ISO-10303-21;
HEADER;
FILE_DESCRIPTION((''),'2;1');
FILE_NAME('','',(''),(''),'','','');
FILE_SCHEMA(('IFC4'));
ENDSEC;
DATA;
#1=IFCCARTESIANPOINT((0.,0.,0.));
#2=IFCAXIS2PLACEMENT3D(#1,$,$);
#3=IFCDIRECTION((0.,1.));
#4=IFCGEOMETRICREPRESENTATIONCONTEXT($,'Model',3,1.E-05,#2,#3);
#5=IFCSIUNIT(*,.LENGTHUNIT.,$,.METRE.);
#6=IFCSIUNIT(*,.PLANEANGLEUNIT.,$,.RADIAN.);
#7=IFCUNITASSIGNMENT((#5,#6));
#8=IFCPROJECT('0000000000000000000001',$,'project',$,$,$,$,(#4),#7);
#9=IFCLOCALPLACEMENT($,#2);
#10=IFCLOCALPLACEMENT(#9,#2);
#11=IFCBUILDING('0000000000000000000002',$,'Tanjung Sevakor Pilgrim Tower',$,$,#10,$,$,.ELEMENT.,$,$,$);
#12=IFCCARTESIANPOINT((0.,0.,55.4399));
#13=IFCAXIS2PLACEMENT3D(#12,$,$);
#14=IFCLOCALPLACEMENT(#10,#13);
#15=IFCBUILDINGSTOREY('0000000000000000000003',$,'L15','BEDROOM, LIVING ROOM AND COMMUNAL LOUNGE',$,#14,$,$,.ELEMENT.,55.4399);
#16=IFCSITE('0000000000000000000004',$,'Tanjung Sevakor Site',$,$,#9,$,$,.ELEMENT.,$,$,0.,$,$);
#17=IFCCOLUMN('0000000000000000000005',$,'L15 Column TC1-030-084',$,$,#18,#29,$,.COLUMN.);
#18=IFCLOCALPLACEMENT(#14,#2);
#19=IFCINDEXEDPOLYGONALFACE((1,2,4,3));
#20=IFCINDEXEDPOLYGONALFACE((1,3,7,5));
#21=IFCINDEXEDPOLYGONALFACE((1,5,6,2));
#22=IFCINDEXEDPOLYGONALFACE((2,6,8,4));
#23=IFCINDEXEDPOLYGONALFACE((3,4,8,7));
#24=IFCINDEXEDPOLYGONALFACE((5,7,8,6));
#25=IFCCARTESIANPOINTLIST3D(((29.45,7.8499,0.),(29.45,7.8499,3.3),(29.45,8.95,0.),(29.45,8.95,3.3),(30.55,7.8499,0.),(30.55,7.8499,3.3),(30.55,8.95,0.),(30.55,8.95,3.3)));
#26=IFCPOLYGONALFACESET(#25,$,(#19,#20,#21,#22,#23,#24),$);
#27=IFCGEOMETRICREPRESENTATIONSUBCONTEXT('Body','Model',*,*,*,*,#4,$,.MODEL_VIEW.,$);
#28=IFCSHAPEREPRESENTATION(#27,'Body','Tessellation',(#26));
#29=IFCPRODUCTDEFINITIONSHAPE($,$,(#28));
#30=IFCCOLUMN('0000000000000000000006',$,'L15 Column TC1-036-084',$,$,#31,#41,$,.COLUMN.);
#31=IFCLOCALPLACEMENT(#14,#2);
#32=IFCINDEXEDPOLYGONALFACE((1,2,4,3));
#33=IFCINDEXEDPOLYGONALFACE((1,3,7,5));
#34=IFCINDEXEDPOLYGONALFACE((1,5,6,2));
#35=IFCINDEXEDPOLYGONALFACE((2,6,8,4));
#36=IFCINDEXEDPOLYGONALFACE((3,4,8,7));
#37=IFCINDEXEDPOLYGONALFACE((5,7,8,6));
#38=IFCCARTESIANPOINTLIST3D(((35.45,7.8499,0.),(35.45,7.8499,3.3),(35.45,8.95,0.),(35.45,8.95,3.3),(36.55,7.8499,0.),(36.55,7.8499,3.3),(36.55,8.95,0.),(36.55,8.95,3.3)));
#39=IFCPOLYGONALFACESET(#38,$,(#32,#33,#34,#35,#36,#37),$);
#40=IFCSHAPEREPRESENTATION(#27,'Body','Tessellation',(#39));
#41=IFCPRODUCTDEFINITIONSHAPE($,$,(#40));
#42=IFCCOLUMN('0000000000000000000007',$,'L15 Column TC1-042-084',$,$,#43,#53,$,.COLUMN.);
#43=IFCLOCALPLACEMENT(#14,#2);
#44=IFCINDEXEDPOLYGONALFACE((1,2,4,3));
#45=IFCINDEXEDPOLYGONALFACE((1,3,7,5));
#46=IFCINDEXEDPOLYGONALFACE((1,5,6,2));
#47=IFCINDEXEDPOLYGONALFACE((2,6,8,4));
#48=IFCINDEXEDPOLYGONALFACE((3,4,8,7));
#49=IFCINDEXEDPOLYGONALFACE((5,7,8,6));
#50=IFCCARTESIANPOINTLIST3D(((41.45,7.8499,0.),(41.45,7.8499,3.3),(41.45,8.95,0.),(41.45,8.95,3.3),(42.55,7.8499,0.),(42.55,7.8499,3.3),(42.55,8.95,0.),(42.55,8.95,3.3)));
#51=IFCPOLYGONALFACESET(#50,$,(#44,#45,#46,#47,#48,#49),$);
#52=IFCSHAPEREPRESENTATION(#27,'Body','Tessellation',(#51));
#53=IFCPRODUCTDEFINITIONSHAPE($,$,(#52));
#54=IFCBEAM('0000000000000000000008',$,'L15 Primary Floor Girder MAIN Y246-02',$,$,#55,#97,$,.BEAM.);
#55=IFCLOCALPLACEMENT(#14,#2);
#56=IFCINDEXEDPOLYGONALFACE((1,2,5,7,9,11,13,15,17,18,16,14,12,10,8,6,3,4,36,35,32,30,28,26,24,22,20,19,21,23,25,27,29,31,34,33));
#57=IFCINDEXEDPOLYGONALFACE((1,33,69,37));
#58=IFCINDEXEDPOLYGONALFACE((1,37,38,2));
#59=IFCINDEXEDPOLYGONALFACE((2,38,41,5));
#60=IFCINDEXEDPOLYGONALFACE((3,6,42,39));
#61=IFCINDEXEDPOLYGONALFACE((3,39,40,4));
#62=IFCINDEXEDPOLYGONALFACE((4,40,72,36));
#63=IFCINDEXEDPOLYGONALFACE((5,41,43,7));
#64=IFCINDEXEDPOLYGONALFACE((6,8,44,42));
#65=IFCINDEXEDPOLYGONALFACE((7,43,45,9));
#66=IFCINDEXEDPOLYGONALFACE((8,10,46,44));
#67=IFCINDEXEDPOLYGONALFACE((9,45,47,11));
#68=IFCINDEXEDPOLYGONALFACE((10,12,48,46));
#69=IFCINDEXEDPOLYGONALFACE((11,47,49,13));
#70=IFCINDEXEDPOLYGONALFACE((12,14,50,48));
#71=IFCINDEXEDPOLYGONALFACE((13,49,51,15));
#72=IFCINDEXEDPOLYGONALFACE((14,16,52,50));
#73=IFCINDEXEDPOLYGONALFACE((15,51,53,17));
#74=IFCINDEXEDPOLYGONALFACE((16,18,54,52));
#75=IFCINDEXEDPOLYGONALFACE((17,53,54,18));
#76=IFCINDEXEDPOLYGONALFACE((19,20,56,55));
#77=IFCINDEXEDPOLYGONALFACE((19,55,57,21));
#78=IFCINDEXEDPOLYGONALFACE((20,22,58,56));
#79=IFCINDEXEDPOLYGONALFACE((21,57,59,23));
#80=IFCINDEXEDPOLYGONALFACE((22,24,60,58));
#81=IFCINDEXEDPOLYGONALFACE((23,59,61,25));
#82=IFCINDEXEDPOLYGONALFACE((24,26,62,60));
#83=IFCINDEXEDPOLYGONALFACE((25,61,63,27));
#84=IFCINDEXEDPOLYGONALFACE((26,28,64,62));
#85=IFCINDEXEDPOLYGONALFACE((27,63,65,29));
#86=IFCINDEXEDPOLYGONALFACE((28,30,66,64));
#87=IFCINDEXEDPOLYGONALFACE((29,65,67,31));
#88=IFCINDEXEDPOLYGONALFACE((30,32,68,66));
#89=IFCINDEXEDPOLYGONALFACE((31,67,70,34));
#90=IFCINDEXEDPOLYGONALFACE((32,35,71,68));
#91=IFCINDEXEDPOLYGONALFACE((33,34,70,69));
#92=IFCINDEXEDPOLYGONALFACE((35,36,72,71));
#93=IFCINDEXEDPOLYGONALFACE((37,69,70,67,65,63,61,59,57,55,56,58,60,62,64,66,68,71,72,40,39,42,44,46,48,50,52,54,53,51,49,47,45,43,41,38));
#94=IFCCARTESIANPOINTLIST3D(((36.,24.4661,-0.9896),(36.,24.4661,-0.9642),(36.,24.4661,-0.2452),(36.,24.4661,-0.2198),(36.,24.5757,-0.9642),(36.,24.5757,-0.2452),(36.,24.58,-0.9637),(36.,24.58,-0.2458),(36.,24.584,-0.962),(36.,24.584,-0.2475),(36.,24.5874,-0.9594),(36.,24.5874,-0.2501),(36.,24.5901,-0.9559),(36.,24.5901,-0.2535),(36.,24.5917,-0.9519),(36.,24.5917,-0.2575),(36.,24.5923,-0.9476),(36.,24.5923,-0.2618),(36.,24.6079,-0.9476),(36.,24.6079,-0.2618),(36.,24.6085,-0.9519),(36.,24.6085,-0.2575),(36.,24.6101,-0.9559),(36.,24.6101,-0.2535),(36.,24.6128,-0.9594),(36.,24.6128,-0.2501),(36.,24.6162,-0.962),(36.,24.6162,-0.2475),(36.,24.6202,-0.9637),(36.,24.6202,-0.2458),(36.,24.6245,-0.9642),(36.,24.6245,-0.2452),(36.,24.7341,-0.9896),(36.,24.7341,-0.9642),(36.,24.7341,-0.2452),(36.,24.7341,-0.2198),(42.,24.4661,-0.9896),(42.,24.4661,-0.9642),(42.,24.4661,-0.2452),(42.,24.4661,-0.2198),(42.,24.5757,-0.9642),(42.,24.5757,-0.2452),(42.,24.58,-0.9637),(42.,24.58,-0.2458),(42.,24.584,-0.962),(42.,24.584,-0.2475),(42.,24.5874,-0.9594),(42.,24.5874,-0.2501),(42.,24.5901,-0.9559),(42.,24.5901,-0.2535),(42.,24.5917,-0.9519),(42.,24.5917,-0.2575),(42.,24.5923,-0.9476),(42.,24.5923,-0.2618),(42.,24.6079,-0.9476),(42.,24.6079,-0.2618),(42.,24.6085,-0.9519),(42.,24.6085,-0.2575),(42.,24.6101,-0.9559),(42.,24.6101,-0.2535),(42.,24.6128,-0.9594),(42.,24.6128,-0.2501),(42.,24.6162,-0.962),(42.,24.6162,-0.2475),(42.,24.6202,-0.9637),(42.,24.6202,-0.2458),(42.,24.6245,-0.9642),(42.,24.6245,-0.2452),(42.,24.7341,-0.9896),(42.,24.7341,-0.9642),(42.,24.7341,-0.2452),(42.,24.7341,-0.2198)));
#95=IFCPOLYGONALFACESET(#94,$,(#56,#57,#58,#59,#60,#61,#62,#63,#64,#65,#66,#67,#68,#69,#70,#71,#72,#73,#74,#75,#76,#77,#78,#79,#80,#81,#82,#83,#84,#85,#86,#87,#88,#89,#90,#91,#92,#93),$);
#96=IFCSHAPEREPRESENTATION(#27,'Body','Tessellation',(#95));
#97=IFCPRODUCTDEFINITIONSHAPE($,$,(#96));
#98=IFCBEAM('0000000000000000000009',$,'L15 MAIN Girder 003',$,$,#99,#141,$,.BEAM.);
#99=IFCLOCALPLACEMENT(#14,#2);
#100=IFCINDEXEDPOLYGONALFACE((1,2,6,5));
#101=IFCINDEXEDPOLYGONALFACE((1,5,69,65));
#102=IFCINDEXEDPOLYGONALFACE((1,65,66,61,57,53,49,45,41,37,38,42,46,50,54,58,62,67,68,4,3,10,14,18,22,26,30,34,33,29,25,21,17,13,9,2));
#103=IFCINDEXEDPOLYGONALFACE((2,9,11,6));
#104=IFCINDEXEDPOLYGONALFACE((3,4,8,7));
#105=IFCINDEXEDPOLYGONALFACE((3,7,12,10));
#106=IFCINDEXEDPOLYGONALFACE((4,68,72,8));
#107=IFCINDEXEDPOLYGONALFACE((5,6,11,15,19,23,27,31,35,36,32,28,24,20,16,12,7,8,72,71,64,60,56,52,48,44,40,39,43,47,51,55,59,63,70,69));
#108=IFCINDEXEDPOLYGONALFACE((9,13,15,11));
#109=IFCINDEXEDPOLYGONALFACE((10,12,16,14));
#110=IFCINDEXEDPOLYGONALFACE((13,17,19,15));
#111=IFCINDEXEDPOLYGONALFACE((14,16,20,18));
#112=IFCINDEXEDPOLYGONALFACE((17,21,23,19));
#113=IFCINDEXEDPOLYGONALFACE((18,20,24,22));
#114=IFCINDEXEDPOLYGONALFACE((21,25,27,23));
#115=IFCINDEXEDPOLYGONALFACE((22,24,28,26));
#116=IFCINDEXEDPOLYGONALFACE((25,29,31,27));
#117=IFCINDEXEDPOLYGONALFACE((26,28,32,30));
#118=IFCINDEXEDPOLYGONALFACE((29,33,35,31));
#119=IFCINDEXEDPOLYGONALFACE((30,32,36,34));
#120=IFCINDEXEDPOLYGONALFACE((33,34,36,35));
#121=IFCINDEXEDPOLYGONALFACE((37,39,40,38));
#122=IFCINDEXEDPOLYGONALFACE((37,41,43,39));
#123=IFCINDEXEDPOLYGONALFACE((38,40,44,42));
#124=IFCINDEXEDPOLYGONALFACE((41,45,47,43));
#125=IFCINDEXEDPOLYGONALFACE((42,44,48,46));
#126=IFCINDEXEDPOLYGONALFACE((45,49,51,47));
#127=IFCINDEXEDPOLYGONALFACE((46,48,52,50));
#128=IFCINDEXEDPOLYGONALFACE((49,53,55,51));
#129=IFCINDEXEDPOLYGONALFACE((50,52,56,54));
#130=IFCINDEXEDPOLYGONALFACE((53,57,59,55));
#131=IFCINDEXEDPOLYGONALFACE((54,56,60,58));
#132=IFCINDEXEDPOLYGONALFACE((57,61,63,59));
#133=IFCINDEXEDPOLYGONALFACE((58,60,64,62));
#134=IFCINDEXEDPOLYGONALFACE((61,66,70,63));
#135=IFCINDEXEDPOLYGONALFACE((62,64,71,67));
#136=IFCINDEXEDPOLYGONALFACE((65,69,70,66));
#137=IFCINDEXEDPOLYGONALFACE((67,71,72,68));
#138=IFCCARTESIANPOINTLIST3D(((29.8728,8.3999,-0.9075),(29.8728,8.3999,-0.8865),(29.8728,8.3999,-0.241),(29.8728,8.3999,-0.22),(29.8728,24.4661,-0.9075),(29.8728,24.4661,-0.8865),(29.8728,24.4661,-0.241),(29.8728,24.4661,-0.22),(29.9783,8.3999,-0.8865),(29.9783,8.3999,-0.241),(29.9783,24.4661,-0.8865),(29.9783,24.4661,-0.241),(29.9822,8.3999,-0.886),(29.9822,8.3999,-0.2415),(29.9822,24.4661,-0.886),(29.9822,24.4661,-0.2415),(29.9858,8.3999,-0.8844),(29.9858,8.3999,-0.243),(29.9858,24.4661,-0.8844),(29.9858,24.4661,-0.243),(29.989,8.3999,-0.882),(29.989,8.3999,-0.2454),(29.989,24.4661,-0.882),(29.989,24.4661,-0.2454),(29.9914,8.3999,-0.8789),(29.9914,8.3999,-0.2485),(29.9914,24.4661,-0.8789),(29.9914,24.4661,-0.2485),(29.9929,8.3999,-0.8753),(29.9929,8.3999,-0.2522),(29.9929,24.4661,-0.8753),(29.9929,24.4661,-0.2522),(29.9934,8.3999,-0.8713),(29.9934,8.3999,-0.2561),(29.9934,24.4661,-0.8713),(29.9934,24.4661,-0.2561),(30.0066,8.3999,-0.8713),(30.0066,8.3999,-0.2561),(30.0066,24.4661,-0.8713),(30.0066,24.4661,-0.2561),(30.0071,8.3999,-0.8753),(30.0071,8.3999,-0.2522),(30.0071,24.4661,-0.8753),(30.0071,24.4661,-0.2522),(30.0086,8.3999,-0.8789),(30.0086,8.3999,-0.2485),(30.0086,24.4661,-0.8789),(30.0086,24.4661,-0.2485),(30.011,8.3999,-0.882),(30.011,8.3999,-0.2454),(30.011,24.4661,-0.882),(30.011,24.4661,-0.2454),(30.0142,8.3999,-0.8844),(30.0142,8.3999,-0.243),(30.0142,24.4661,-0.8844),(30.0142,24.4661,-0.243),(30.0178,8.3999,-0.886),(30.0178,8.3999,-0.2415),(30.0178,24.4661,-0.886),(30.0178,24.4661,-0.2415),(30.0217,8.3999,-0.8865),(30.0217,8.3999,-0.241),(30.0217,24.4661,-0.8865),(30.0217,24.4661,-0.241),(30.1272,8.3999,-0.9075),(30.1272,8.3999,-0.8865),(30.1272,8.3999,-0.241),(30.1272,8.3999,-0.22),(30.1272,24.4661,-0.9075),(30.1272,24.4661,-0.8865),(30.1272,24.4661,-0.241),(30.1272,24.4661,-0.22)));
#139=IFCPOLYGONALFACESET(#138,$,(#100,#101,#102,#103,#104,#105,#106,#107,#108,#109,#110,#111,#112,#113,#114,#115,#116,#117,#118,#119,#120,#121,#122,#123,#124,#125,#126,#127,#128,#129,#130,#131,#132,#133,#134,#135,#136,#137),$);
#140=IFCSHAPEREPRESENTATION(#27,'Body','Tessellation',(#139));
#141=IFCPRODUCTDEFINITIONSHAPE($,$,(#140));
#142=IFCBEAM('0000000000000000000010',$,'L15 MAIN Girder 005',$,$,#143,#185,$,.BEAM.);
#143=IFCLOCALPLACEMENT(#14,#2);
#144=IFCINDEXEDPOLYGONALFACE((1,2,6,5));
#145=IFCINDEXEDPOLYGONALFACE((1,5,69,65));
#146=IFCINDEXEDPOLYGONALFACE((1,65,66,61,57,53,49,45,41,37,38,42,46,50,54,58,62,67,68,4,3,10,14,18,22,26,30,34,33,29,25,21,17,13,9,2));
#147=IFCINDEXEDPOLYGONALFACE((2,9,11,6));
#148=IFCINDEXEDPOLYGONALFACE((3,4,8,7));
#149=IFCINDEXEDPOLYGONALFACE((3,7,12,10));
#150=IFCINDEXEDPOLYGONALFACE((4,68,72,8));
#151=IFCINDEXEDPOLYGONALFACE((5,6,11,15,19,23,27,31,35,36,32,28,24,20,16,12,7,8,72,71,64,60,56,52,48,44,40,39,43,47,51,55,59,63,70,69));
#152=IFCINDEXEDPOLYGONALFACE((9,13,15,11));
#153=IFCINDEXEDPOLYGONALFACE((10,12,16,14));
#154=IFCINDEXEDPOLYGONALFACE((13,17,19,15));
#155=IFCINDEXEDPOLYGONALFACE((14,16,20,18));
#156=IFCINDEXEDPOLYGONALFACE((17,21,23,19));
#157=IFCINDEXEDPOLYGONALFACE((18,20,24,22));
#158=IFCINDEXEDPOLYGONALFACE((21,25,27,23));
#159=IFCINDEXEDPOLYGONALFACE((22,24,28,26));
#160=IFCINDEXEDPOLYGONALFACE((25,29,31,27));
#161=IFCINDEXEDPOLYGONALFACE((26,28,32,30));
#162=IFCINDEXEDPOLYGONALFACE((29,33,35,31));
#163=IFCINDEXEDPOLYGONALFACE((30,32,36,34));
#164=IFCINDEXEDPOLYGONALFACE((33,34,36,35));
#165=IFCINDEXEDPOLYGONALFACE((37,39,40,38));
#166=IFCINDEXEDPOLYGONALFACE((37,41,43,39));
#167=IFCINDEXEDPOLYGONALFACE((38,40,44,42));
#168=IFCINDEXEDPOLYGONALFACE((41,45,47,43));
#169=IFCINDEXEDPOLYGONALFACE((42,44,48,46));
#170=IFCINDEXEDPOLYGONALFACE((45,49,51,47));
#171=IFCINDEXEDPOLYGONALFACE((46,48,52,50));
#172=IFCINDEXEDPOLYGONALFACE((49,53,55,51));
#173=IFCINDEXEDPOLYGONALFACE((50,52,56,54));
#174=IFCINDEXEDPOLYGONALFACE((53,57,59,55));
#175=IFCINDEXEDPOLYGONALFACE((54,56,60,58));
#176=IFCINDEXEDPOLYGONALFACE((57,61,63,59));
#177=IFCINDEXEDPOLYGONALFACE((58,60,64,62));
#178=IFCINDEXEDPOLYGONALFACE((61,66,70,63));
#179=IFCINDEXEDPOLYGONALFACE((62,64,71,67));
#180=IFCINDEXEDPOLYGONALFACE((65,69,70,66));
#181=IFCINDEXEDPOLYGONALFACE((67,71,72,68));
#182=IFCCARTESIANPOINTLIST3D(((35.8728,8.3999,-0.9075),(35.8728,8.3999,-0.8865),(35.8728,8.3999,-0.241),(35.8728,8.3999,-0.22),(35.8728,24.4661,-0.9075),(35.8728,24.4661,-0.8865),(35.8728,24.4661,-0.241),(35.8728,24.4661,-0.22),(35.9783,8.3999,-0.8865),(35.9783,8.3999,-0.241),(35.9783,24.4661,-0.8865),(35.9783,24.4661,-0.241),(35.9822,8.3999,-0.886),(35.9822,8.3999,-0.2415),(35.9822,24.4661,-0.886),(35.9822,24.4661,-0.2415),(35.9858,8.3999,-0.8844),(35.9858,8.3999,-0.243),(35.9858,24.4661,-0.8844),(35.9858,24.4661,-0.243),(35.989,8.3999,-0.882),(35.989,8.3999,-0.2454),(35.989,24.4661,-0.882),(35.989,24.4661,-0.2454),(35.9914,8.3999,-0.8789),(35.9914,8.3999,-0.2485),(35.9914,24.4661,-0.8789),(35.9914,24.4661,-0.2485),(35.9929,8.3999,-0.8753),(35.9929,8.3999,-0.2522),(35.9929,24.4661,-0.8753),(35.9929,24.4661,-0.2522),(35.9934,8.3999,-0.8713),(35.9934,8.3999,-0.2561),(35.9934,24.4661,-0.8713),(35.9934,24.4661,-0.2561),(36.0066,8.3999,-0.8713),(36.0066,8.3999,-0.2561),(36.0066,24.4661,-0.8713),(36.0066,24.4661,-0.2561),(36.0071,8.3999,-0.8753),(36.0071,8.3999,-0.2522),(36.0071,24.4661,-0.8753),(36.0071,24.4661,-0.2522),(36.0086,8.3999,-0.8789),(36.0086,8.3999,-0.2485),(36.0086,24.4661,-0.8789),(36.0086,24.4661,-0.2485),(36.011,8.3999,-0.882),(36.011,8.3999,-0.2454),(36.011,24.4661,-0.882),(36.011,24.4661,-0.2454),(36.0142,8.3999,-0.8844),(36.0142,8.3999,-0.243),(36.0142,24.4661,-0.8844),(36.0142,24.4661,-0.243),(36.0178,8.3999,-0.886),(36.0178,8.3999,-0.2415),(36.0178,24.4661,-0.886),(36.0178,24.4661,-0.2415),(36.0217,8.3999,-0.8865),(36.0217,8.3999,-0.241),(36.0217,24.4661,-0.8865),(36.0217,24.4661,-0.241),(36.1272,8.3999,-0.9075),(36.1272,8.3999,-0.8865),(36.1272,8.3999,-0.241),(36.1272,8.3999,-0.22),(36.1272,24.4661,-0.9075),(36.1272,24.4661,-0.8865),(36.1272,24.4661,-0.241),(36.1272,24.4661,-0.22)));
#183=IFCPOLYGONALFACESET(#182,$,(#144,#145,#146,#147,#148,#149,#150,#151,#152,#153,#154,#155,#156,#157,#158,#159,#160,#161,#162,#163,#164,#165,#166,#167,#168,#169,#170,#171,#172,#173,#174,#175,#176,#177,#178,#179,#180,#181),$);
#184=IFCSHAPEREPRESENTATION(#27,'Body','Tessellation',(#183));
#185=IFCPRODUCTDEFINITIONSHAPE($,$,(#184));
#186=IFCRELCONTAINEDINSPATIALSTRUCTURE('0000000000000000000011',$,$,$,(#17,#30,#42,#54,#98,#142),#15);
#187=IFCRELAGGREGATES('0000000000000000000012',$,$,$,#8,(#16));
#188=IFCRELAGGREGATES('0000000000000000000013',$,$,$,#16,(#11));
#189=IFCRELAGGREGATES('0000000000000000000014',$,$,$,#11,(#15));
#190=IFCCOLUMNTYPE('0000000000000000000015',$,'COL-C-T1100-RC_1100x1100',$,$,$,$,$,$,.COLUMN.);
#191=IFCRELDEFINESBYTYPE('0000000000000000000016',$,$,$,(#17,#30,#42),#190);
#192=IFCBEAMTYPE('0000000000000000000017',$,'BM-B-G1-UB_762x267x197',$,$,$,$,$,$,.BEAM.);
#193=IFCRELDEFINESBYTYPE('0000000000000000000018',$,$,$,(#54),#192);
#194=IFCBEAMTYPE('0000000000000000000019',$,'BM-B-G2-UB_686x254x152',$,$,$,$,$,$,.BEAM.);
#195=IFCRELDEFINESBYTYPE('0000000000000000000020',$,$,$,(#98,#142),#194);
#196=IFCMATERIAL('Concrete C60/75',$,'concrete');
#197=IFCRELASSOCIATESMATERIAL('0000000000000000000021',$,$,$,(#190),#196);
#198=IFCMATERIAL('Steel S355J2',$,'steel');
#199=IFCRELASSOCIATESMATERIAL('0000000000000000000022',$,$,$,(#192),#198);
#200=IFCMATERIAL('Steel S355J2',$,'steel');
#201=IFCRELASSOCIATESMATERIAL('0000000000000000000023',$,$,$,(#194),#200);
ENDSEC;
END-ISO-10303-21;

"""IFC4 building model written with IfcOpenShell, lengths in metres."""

from ifc_helpers import new_model, si_unit, direction, frame, origin, origin_2d, place, context, subcontext, project, spatial, rectangle, i_section, extrude, material, material_profile, profile_set, type_object, element, save


model = new_model("IFC4")

# Units and contexts
model_context = context("Model", 3, precision=1e-05, world=origin(), true_north=direction((0.0, 1.0)))
body_context = subcontext(model_context, "Body", "Model", "MODEL_VIEW")
ifc_project = project(units=[si_unit("LENGTHUNIT", "METRE"), si_unit("PLANEANGLEUNIT", "RADIAN")], contexts=[model_context])

# Site, building, storey
site_placement = place(None, origin())
site = spatial("IfcSite", under=ifc_project, at=site_placement, Name="Tanjung Sevakor Site", CompositionType="ELEMENT", RefElevation=0.0)
building_placement = place(site_placement, origin())
building = spatial("IfcBuilding", under=site, at=building_placement, Name="Tanjung Sevakor Pilgrim Tower", CompositionType="ELEMENT")
storey_placement = place(building_placement, frame((0.0, 0.0, 55.4399)))
storey = spatial("IfcBuildingStorey", under=building, at=storey_placement, Name="L15", Description="BEDROOM, LIVING ROOM AND COMMUNAL LOUNGE", CompositionType="ELEMENT", Elevation=55.4399)

# Columns
ifc_material_1 = material(Name="Concrete C60/75", Category="concrete")
ifc_material_profile_1 = material_profile(ifc_material_1, rectangle(XDim=1.1001, YDim=1.1001, at=origin_2d()))
ifc_profile_set_1 = profile_set([ifc_material_profile_1], Name="Concrete C60/75")
column_type = type_object("IfcColumnType", Name="COL-C-T1100-RC_1100x1100", PredefinedType="COLUMN", material=ifc_profile_set_1)
for number, where, z_axis, x_axis, name in (
    (1, (30.0, 8.3999, 0.0), (0.0, 0.0, 1.0), (1.0, 0.0, 0.0), "L15 Column TC1-030-084"),
    (2, (36.0, 8.3999, 0.0), (0.0, 0.0, 1.0), (1.0, 0.0, 0.0), "L15 Column TC1-036-084"),
    (3, (42.0, 8.3999, 0.0), (0.0, 0.0, 1.0), (1.0, 0.0, 0.0), "L15 Column TC1-042-084"),
):
    element("IfcColumn", number, at=place(storey_placement, frame(where, z_axis=z_axis, x_axis=x_axis)), inside=storey, type_object=column_type, Name=name, PredefinedType="COLUMN", context=body_context, shape_type="SweptSolid", body=[
        extrude(rectangle(XDim=1.1001, YDim=1.1001, at=origin_2d()), origin(), (0.0, 0.0, 1.0), 3.3),
    ])

# Beams
ifc_material_2 = material(Name="Steel S355J2", Category="steel")
ifc_material_profile_2 = material_profile(ifc_material_2, i_section(OverallWidth=0.2681, OverallDepth=0.7698, WebThickness=0.0156, FlangeThickness=0.0254, FilletRadius=0.0166, at=origin_2d()))
ifc_profile_set_2 = profile_set([ifc_material_profile_2], Name="Steel S355J2")
beam_type_1 = type_object("IfcBeamType", Name="BM-B-G1-UB_762x267x197", PredefinedType="BEAM", material=ifc_profile_set_2)
beam_1_placement = place(storey_placement, frame((36.0, 24.6001, -0.6047), z_axis=(1.0, 0.0, 0.0), x_axis=(0.0, 1.0, 0.0)))
element("IfcBeam", 4, at=beam_1_placement, inside=storey, type_object=beam_type_1, Name="L15 Primary Floor Girder MAIN Y246-02", PredefinedType="BEAM", context=body_context, shape_type="SweptSolid", body=[
    extrude(i_section(OverallWidth=0.2681, OverallDepth=0.7698, WebThickness=0.0156, FlangeThickness=0.0254, FilletRadius=0.0166, at=origin_2d()), origin(), (0.0, 0.0, 1.0), 6.0),
])
ifc_material_3 = material(Name="Steel S355J2", Category="steel")
ifc_material_profile_3 = material_profile(ifc_material_3, i_section(OverallWidth=0.2544, OverallDepth=0.6875, WebThickness=0.0132, FlangeThickness=0.021, FilletRadius=0.0151, at=origin_2d()))
ifc_profile_set_3 = profile_set([ifc_material_profile_3], Name="Steel S355J2")
beam_type_2 = type_object("IfcBeamType", Name="BM-B-G2-UB_686x254x152", PredefinedType="BEAM", material=ifc_profile_set_3)
for number, where, z_axis, x_axis, name in (
    (5, (30.0, 8.3999, -0.5637), (0.0, 1.0, 0.0), (-1.0, 0.0, 0.0), "L15 MAIN Girder 003"),
    (6, (36.0, 8.3999, -0.5637), (0.0, 1.0, 0.0), (-1.0, 0.0, 0.0), "L15 MAIN Girder 005"),
):
    element("IfcBeam", number, at=place(storey_placement, frame(where, z_axis=z_axis, x_axis=x_axis)), inside=storey, type_object=beam_type_2, Name=name, PredefinedType="BEAM", context=body_context, shape_type="SweptSolid", body=[
        extrude(i_section(OverallWidth=0.2544, OverallDepth=0.6875, WebThickness=0.0132, FlangeThickness=0.021, FilletRadius=0.0151, at=origin_2d()), origin(), (0.0, 0.0, 1.0), 16.0662),
    ])

save(model, "model.ifc")
